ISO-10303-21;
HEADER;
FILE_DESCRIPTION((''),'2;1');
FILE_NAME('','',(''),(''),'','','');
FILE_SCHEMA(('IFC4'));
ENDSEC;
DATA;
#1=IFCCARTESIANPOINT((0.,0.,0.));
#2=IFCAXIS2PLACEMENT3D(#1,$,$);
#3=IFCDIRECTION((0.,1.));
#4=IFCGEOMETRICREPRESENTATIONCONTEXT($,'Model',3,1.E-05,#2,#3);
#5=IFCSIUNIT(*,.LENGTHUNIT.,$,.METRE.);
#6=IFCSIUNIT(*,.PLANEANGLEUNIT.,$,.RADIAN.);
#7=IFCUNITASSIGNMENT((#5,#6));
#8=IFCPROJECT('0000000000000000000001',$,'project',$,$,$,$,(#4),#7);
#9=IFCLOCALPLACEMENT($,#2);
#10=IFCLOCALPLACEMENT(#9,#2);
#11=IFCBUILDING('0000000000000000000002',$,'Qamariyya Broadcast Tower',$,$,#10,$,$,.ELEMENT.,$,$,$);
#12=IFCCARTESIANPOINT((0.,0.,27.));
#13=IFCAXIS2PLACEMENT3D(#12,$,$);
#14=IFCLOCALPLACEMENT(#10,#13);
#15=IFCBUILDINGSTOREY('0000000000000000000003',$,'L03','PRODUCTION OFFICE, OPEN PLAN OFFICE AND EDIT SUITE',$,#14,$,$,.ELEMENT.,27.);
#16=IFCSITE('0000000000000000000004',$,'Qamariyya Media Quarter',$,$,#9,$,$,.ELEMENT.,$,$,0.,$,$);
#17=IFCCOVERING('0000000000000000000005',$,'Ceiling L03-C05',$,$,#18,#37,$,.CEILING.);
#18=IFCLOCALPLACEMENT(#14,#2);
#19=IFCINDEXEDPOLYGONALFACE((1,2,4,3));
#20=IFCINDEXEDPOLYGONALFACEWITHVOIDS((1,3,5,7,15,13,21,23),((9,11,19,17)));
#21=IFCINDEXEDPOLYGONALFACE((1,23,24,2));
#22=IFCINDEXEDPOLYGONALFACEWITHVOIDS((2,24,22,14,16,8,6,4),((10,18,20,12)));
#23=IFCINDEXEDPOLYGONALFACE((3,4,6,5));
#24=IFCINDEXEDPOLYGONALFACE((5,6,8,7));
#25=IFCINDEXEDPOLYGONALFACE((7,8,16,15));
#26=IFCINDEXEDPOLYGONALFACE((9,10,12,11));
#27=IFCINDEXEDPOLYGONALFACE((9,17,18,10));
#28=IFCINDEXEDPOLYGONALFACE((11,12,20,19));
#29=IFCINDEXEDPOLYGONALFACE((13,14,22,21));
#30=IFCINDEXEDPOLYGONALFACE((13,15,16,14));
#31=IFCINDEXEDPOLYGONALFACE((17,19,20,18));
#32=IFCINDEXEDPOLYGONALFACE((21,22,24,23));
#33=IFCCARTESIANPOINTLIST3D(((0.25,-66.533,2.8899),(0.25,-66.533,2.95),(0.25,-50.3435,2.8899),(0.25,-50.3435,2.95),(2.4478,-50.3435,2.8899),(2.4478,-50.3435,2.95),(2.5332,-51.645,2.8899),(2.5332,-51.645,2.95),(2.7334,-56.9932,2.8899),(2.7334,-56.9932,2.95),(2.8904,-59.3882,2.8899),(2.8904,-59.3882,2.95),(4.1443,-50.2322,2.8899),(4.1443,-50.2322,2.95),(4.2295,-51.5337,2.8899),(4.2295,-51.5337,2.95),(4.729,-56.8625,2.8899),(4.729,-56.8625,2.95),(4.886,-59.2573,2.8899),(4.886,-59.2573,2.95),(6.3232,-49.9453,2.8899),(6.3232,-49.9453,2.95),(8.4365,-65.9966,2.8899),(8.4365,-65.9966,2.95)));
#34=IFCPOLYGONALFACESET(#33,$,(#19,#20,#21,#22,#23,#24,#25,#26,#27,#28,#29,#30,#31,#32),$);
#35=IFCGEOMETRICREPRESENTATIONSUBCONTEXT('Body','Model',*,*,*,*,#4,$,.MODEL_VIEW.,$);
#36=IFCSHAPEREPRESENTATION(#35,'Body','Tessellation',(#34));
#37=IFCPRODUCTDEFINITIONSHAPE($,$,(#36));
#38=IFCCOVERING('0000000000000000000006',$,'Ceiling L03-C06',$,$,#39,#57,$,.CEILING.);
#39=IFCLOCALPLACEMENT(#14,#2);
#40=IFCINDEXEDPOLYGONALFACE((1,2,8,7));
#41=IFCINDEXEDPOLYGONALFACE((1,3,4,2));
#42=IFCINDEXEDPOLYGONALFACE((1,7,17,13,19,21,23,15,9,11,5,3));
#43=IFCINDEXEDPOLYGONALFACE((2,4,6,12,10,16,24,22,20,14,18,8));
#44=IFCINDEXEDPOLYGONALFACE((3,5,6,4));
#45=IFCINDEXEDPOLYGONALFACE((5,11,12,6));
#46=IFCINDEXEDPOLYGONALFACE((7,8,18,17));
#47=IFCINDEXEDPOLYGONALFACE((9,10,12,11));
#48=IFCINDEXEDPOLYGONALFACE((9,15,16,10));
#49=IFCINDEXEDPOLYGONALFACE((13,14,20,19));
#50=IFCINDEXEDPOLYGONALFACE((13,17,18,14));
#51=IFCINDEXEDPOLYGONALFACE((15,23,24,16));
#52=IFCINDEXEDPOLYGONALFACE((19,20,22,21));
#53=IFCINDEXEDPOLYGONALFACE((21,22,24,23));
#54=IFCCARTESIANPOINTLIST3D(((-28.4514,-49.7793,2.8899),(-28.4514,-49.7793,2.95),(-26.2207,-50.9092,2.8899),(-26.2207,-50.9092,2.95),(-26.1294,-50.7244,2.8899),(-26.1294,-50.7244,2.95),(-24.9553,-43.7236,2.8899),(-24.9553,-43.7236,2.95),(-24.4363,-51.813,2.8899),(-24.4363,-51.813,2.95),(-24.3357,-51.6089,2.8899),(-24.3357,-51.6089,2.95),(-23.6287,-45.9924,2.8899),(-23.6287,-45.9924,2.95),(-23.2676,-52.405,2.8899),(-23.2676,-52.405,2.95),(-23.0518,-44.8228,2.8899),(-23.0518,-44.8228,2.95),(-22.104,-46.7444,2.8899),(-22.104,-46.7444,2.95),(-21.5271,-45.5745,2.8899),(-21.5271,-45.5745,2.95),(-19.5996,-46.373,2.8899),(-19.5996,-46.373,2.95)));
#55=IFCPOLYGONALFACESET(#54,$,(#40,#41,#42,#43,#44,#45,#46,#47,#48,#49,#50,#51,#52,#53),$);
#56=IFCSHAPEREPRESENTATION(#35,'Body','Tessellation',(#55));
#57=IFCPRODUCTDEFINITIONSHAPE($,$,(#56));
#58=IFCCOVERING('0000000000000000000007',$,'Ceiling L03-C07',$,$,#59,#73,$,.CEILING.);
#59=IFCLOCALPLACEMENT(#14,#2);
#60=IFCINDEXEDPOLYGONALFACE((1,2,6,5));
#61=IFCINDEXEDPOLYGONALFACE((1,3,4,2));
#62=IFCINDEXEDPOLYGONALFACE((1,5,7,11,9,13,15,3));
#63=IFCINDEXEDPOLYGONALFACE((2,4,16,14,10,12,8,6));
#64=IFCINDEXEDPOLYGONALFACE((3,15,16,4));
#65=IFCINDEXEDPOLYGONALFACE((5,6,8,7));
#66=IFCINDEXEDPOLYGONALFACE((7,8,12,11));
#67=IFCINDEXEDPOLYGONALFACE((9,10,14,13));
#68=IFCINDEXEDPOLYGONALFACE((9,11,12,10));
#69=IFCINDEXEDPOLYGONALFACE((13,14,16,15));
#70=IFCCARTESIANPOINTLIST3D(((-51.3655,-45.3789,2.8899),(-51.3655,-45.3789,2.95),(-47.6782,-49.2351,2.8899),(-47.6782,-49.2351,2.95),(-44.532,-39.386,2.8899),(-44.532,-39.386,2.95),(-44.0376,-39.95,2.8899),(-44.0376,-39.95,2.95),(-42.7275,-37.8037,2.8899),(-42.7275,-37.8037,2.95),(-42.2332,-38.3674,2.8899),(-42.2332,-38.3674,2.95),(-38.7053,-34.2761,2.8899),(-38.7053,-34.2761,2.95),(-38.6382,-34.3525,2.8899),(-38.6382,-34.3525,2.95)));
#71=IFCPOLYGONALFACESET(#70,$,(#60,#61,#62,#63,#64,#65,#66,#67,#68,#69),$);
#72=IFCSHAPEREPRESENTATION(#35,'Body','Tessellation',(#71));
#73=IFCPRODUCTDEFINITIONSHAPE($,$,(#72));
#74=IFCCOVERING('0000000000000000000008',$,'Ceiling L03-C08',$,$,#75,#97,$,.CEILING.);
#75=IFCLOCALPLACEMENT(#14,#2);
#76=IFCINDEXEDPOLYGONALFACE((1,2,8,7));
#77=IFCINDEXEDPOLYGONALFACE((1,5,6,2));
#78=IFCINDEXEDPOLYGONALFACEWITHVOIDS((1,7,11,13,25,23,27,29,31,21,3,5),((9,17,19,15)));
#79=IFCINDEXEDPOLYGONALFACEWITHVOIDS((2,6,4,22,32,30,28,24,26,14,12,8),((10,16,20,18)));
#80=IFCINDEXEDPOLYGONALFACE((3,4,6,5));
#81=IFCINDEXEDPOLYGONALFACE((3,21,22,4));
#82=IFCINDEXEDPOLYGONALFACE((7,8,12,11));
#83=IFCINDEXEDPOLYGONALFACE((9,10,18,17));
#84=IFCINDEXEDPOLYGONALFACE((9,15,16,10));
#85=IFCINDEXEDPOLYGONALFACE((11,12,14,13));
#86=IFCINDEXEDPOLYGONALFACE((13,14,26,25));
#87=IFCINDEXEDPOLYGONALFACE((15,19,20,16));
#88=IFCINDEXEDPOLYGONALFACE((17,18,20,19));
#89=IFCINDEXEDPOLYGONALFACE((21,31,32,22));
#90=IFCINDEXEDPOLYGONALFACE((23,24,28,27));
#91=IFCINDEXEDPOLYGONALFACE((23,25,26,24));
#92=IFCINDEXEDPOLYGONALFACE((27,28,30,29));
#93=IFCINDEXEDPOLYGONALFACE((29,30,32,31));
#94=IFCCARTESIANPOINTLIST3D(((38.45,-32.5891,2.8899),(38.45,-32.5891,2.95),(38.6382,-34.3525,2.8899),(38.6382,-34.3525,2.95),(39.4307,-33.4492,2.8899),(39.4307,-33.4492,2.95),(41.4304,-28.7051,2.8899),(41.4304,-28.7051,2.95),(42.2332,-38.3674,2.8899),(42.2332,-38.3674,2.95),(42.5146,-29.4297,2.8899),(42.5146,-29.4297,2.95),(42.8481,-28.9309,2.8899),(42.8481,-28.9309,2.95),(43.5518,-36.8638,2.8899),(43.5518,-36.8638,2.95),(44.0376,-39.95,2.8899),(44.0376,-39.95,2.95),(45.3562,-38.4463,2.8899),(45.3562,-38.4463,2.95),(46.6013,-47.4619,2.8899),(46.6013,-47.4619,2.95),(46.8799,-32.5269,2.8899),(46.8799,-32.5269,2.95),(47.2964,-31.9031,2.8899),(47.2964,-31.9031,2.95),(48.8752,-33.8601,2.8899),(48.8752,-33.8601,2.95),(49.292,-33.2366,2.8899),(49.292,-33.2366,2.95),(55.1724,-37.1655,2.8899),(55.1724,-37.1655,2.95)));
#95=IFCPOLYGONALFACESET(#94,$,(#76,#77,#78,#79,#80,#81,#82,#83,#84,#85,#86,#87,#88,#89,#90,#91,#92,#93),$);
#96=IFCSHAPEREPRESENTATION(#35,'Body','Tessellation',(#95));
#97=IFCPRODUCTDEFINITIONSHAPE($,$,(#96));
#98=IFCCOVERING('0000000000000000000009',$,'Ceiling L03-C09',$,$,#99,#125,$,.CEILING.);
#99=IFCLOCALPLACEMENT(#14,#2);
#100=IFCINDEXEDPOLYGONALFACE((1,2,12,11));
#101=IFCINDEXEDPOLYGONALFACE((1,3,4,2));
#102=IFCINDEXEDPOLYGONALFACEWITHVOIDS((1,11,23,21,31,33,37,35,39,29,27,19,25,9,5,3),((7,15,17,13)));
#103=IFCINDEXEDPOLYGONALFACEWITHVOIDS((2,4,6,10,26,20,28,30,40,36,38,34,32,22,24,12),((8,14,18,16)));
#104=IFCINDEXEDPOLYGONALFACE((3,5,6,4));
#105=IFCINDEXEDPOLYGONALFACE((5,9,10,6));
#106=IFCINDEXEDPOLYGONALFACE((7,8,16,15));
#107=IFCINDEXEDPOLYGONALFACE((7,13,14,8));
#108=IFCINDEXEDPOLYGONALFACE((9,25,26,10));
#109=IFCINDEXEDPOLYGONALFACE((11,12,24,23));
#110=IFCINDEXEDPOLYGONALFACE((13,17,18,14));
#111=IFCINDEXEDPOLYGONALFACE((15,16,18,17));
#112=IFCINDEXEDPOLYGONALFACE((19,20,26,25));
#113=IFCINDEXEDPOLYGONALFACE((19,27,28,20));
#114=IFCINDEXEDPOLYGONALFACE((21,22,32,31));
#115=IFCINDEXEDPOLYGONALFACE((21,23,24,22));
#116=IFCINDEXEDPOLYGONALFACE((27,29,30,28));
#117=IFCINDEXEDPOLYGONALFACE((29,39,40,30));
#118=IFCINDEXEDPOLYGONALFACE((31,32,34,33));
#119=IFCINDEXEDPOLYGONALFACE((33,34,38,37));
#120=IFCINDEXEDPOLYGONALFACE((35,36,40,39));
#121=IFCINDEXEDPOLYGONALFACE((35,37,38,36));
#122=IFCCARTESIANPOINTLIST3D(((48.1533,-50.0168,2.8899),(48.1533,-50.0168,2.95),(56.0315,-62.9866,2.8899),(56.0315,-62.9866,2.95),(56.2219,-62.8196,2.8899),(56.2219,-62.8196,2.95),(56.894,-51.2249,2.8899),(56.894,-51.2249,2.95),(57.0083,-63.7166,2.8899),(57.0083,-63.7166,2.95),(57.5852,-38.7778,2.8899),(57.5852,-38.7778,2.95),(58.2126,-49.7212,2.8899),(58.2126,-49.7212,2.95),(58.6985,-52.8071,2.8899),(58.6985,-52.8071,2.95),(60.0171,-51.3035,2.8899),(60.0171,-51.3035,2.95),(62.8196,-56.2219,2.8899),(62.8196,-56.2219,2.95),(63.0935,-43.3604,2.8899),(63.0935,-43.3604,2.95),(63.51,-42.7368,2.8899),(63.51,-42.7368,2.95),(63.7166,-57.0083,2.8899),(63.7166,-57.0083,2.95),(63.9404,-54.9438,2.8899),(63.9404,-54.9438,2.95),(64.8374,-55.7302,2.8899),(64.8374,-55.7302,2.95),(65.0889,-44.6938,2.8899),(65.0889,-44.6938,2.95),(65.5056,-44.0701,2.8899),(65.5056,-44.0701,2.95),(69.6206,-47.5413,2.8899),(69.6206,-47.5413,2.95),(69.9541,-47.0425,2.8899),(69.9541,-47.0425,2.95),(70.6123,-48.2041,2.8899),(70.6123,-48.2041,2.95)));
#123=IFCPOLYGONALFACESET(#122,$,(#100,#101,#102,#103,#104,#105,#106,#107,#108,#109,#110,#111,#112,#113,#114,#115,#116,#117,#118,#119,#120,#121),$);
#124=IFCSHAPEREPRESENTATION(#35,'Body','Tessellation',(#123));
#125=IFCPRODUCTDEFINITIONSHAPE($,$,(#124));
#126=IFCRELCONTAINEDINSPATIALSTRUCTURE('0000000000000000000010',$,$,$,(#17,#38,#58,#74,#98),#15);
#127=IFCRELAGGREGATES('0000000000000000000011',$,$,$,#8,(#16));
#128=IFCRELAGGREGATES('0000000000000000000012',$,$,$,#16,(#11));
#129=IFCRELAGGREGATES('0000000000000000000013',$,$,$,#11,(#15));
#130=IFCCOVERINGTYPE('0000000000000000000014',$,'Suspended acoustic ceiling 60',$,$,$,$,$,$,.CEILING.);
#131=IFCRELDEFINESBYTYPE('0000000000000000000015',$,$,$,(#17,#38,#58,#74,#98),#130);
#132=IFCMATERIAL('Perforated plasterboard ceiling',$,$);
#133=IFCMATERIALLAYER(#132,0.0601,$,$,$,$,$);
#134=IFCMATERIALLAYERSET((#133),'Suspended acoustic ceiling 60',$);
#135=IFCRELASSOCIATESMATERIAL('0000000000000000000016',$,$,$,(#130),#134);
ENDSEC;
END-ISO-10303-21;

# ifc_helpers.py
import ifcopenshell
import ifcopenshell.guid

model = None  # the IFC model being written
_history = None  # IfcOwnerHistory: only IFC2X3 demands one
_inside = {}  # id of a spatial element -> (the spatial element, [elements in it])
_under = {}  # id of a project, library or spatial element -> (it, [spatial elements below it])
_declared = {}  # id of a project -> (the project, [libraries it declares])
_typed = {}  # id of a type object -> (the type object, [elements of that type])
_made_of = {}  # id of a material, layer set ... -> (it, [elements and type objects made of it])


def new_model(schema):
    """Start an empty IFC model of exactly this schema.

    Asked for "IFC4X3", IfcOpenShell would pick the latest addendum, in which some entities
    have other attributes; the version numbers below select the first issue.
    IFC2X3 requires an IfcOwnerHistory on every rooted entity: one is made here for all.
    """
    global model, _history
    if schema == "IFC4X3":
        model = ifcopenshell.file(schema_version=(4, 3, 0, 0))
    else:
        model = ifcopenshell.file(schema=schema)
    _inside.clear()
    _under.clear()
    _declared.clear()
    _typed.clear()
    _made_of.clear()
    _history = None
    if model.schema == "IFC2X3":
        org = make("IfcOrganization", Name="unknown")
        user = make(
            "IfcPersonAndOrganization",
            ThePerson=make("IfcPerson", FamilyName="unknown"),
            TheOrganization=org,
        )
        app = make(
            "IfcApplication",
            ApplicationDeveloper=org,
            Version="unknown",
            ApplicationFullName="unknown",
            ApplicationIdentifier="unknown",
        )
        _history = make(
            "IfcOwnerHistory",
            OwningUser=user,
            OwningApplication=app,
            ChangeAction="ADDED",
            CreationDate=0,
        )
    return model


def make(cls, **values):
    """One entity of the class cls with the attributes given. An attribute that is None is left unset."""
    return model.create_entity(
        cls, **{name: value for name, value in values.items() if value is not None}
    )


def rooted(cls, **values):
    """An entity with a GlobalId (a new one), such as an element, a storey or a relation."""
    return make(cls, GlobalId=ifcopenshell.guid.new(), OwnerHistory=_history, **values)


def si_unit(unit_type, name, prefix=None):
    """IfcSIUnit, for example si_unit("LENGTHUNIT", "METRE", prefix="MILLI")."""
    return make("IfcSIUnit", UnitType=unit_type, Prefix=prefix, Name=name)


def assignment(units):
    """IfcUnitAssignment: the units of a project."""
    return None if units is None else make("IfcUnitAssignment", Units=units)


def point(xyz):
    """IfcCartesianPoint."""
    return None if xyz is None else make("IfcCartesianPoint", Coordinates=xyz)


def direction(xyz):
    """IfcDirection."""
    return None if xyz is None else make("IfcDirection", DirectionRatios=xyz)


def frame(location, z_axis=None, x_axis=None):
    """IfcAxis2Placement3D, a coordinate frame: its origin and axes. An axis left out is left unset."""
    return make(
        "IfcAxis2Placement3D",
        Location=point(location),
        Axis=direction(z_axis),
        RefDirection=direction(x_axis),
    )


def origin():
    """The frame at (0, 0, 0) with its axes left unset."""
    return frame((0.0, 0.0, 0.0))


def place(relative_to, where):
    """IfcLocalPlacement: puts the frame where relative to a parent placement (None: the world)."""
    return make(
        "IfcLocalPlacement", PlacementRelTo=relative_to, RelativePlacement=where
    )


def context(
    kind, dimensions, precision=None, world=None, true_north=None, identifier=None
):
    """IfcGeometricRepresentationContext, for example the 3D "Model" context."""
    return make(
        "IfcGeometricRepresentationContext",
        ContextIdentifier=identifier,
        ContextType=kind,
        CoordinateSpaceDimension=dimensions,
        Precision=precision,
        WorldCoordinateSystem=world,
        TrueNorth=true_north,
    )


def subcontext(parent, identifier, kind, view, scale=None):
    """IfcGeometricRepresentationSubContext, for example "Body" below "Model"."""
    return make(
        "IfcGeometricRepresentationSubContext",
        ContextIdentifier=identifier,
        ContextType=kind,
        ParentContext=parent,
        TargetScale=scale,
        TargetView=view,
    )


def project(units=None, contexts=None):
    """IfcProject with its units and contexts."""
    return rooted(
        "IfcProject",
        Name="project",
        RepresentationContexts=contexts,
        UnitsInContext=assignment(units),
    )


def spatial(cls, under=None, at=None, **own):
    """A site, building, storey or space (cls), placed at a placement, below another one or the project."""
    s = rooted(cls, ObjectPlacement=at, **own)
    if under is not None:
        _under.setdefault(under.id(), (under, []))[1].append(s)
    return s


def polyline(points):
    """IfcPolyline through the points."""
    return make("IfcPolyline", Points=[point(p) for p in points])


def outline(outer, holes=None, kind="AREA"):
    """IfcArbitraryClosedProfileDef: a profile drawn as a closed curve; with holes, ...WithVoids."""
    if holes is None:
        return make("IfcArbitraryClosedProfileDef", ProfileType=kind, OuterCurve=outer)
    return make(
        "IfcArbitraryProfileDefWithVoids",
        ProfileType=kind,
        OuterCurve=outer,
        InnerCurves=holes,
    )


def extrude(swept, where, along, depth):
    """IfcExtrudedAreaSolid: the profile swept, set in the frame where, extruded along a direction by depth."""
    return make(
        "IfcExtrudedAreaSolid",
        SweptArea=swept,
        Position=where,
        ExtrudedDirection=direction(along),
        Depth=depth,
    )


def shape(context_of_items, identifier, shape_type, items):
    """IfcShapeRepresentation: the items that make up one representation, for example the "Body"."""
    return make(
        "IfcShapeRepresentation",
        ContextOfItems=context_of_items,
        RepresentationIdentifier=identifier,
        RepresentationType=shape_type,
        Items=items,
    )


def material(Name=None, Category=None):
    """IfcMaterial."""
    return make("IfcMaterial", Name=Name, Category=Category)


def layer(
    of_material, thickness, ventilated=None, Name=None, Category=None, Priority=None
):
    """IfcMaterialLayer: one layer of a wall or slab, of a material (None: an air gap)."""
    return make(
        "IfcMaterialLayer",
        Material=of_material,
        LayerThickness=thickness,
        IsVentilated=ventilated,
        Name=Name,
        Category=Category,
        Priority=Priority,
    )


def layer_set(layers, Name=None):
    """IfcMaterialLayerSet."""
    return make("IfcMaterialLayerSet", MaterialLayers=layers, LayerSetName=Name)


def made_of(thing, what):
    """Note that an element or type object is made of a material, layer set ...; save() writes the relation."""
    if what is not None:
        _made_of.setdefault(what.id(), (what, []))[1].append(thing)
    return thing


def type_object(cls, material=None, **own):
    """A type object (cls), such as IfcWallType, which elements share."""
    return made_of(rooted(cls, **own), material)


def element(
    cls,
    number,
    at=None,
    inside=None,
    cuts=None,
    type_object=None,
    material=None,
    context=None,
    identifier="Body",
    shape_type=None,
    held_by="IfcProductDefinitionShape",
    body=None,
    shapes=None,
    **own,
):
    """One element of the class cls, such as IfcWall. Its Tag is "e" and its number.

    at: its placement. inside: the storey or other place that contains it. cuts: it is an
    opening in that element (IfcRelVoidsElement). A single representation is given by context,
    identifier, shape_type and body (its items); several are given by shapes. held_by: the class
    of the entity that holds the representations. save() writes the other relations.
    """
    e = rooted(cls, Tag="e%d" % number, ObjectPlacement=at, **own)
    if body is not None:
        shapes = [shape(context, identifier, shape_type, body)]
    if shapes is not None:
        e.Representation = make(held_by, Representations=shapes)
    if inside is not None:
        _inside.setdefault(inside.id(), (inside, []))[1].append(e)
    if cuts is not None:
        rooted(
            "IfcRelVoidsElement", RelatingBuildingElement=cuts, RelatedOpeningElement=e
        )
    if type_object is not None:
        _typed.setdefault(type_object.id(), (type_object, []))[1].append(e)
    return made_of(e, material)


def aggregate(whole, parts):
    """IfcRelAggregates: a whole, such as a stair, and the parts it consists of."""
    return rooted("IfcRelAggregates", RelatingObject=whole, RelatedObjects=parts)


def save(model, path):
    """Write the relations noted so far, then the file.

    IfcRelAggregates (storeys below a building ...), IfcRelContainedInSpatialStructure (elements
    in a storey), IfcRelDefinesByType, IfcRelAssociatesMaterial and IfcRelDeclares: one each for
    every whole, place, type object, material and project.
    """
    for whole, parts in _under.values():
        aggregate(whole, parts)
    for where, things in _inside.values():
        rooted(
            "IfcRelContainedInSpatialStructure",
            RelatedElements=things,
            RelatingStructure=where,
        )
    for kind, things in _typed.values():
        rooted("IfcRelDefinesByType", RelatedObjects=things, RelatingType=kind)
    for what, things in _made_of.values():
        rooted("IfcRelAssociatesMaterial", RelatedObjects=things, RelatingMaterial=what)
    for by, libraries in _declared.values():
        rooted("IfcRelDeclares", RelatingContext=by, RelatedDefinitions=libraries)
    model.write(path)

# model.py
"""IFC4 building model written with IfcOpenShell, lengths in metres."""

from ifc_helpers import new_model, si_unit, direction, frame, origin, place, context, subcontext, project, spatial, polyline, outline, extrude, material, layer, layer_set, type_object, element, save


model = new_model("IFC4")

# Units and contexts
model_context = context("Model", 3, precision=1e-05, world=origin(), true_north=direction((0.0, 1.0)))
body_context = subcontext(model_context, "Body", "Model", "MODEL_VIEW")
ifc_project = project(units=[si_unit("LENGTHUNIT", "METRE"), si_unit("PLANEANGLEUNIT", "RADIAN")], contexts=[model_context])

# Site, building, storey
site_placement = place(None, origin())
site = spatial("IfcSite", under=ifc_project, at=site_placement, Name="Qamariyya Media Quarter", CompositionType="ELEMENT", RefElevation=0.0)
building_placement = place(site_placement, origin())
building = spatial("IfcBuilding", under=site, at=building_placement, Name="Qamariyya Broadcast Tower", CompositionType="ELEMENT")
storey_placement = place(building_placement, frame((0.0, 0.0, 27.0)))
storey = spatial("IfcBuildingStorey", under=building, at=storey_placement, Name="L03", Description="PRODUCTION OFFICE, OPEN PLAN OFFICE AND EDIT SUITE", CompositionType="ELEMENT", Elevation=27.0)

# Coverings
ifc_material_1 = material(Name="Perforated plasterboard ceiling")
ifc_layer_1 = layer(ifc_material_1, 0.0601)
ifc_layer_set_1 = layer_set([ifc_layer_1], Name="Suspended acoustic ceiling 60")
covering_type_1 = type_object("IfcCoveringType", Name="Suspended acoustic ceiling 60", PredefinedType="CEILING", material=ifc_layer_set_1)
covering_1_placement = place(storey_placement, frame((0.0, 0.0, 2.8899)))
element("IfcCovering", 1, at=covering_1_placement, inside=storey, type_object=covering_type_1, Name="Ceiling L03-C05", PredefinedType="CEILING", context=body_context, shape_type="SweptSolid", body=[
    extrude(outline(polyline([(0.25, -50.3435), (2.4478, -50.3435), (2.5332, -51.645), (4.2295, -51.5337), (4.1443, -50.2322), (6.3232, -49.9453), (8.4365, -65.9966), (0.25, -66.533), (0.25, -50.3435)]), holes=[polyline([(2.7334, -56.9932), (2.8904, -59.3882), (4.886, -59.2573), (4.729, -56.8625), (2.7334, -56.9932)])]), origin(), (0.0, 0.0, 1.0), 0.0601),
])
covering_2_placement = place(storey_placement, frame((0.0, 0.0, 2.8899)))
element("IfcCovering", 2, at=covering_2_placement, inside=storey, type_object=covering_type_1, Name="Ceiling L03-C06", PredefinedType="CEILING", context=body_context, shape_type="SweptSolid", body=[
    extrude(outline(polyline([(-24.3357, -51.6089), (-26.1294, -50.7244), (-26.2207, -50.9092), (-28.4514, -49.7793), (-24.9553, -43.7236), (-23.0518, -44.8228), (-23.6287, -45.9924), (-22.104, -46.7444), (-21.5271, -45.5745), (-19.5996, -46.373), (-23.2676, -52.405), (-24.4363, -51.813), (-24.3357, -51.6089)])), origin(), (0.0, 0.0, 1.0), 0.0601),
])
covering_3_placement = place(storey_placement, frame((0.0, 0.0, 2.8899)))
element("IfcCovering", 3, at=covering_3_placement, inside=storey, type_object=covering_type_1, Name="Ceiling L03-C07", PredefinedType="CEILING", context=body_context, shape_type="SweptSolid", body=[
    extrude(outline(polyline([(-51.3655, -45.3789), (-44.532, -39.386), (-44.0376, -39.95), (-42.2332, -38.3674), (-42.7275, -37.8037), (-38.7053, -34.2761), (-38.6382, -34.3525), (-47.6782, -49.2351), (-51.3655, -45.3789)])), origin(), (0.0, 0.0, 1.0), 0.0601),
])
covering_4_placement = place(storey_placement, frame((0.0, 0.0, 2.8899)))
element("IfcCovering", 4, at=covering_4_placement, inside=storey, type_object=covering_type_1, Name="Ceiling L03-C08", PredefinedType="CEILING", context=body_context, shape_type="SweptSolid", body=[
    extrude(outline(polyline([(38.6382, -34.3525), (39.4307, -33.4492), (38.45, -32.5891), (41.4304, -28.7051), (42.5146, -29.4297), (42.8481, -28.9309), (47.2964, -31.9031), (46.8799, -32.5269), (48.8752, -33.8601), (49.292, -33.2366), (55.1724, -37.1655), (46.6013, -47.4619), (38.6382, -34.3525)]), holes=[polyline([(44.0376, -39.95), (45.3562, -38.4463), (43.5518, -36.8638), (42.2332, -38.3674), (44.0376, -39.95)])]), origin(), (0.0, 0.0, 1.0), 0.0601),
])
covering_5_placement = place(storey_placement, frame((0.0, 0.0, 2.8899)))
element("IfcCovering", 5, at=covering_5_placement, inside=storey, type_object=covering_type_1, Name="Ceiling L03-C09", PredefinedType="CEILING", context=body_context, shape_type="SweptSolid", body=[
    extrude(outline(polyline([(57.5852, -38.7778), (63.51, -42.7368), (63.0935, -43.3604), (65.0889, -44.6938), (65.5056, -44.0701), (69.9541, -47.0425), (69.6206, -47.5413), (70.6123, -48.2041), (64.8374, -55.7302), (63.9404, -54.9438), (62.8196, -56.2219), (63.7166, -57.0083), (57.0083, -63.7166), (56.2219, -62.8196), (56.0315, -62.9866), (48.1533, -50.0168), (57.5852, -38.7778)]), holes=[polyline([(58.6985, -52.8071), (60.0171, -51.3035), (58.2126, -49.7212), (56.894, -51.2249), (58.6985, -52.8071)])]), origin(), (0.0, 0.0, 1.0), 0.0601),
])

save(model, "model.ifc")
